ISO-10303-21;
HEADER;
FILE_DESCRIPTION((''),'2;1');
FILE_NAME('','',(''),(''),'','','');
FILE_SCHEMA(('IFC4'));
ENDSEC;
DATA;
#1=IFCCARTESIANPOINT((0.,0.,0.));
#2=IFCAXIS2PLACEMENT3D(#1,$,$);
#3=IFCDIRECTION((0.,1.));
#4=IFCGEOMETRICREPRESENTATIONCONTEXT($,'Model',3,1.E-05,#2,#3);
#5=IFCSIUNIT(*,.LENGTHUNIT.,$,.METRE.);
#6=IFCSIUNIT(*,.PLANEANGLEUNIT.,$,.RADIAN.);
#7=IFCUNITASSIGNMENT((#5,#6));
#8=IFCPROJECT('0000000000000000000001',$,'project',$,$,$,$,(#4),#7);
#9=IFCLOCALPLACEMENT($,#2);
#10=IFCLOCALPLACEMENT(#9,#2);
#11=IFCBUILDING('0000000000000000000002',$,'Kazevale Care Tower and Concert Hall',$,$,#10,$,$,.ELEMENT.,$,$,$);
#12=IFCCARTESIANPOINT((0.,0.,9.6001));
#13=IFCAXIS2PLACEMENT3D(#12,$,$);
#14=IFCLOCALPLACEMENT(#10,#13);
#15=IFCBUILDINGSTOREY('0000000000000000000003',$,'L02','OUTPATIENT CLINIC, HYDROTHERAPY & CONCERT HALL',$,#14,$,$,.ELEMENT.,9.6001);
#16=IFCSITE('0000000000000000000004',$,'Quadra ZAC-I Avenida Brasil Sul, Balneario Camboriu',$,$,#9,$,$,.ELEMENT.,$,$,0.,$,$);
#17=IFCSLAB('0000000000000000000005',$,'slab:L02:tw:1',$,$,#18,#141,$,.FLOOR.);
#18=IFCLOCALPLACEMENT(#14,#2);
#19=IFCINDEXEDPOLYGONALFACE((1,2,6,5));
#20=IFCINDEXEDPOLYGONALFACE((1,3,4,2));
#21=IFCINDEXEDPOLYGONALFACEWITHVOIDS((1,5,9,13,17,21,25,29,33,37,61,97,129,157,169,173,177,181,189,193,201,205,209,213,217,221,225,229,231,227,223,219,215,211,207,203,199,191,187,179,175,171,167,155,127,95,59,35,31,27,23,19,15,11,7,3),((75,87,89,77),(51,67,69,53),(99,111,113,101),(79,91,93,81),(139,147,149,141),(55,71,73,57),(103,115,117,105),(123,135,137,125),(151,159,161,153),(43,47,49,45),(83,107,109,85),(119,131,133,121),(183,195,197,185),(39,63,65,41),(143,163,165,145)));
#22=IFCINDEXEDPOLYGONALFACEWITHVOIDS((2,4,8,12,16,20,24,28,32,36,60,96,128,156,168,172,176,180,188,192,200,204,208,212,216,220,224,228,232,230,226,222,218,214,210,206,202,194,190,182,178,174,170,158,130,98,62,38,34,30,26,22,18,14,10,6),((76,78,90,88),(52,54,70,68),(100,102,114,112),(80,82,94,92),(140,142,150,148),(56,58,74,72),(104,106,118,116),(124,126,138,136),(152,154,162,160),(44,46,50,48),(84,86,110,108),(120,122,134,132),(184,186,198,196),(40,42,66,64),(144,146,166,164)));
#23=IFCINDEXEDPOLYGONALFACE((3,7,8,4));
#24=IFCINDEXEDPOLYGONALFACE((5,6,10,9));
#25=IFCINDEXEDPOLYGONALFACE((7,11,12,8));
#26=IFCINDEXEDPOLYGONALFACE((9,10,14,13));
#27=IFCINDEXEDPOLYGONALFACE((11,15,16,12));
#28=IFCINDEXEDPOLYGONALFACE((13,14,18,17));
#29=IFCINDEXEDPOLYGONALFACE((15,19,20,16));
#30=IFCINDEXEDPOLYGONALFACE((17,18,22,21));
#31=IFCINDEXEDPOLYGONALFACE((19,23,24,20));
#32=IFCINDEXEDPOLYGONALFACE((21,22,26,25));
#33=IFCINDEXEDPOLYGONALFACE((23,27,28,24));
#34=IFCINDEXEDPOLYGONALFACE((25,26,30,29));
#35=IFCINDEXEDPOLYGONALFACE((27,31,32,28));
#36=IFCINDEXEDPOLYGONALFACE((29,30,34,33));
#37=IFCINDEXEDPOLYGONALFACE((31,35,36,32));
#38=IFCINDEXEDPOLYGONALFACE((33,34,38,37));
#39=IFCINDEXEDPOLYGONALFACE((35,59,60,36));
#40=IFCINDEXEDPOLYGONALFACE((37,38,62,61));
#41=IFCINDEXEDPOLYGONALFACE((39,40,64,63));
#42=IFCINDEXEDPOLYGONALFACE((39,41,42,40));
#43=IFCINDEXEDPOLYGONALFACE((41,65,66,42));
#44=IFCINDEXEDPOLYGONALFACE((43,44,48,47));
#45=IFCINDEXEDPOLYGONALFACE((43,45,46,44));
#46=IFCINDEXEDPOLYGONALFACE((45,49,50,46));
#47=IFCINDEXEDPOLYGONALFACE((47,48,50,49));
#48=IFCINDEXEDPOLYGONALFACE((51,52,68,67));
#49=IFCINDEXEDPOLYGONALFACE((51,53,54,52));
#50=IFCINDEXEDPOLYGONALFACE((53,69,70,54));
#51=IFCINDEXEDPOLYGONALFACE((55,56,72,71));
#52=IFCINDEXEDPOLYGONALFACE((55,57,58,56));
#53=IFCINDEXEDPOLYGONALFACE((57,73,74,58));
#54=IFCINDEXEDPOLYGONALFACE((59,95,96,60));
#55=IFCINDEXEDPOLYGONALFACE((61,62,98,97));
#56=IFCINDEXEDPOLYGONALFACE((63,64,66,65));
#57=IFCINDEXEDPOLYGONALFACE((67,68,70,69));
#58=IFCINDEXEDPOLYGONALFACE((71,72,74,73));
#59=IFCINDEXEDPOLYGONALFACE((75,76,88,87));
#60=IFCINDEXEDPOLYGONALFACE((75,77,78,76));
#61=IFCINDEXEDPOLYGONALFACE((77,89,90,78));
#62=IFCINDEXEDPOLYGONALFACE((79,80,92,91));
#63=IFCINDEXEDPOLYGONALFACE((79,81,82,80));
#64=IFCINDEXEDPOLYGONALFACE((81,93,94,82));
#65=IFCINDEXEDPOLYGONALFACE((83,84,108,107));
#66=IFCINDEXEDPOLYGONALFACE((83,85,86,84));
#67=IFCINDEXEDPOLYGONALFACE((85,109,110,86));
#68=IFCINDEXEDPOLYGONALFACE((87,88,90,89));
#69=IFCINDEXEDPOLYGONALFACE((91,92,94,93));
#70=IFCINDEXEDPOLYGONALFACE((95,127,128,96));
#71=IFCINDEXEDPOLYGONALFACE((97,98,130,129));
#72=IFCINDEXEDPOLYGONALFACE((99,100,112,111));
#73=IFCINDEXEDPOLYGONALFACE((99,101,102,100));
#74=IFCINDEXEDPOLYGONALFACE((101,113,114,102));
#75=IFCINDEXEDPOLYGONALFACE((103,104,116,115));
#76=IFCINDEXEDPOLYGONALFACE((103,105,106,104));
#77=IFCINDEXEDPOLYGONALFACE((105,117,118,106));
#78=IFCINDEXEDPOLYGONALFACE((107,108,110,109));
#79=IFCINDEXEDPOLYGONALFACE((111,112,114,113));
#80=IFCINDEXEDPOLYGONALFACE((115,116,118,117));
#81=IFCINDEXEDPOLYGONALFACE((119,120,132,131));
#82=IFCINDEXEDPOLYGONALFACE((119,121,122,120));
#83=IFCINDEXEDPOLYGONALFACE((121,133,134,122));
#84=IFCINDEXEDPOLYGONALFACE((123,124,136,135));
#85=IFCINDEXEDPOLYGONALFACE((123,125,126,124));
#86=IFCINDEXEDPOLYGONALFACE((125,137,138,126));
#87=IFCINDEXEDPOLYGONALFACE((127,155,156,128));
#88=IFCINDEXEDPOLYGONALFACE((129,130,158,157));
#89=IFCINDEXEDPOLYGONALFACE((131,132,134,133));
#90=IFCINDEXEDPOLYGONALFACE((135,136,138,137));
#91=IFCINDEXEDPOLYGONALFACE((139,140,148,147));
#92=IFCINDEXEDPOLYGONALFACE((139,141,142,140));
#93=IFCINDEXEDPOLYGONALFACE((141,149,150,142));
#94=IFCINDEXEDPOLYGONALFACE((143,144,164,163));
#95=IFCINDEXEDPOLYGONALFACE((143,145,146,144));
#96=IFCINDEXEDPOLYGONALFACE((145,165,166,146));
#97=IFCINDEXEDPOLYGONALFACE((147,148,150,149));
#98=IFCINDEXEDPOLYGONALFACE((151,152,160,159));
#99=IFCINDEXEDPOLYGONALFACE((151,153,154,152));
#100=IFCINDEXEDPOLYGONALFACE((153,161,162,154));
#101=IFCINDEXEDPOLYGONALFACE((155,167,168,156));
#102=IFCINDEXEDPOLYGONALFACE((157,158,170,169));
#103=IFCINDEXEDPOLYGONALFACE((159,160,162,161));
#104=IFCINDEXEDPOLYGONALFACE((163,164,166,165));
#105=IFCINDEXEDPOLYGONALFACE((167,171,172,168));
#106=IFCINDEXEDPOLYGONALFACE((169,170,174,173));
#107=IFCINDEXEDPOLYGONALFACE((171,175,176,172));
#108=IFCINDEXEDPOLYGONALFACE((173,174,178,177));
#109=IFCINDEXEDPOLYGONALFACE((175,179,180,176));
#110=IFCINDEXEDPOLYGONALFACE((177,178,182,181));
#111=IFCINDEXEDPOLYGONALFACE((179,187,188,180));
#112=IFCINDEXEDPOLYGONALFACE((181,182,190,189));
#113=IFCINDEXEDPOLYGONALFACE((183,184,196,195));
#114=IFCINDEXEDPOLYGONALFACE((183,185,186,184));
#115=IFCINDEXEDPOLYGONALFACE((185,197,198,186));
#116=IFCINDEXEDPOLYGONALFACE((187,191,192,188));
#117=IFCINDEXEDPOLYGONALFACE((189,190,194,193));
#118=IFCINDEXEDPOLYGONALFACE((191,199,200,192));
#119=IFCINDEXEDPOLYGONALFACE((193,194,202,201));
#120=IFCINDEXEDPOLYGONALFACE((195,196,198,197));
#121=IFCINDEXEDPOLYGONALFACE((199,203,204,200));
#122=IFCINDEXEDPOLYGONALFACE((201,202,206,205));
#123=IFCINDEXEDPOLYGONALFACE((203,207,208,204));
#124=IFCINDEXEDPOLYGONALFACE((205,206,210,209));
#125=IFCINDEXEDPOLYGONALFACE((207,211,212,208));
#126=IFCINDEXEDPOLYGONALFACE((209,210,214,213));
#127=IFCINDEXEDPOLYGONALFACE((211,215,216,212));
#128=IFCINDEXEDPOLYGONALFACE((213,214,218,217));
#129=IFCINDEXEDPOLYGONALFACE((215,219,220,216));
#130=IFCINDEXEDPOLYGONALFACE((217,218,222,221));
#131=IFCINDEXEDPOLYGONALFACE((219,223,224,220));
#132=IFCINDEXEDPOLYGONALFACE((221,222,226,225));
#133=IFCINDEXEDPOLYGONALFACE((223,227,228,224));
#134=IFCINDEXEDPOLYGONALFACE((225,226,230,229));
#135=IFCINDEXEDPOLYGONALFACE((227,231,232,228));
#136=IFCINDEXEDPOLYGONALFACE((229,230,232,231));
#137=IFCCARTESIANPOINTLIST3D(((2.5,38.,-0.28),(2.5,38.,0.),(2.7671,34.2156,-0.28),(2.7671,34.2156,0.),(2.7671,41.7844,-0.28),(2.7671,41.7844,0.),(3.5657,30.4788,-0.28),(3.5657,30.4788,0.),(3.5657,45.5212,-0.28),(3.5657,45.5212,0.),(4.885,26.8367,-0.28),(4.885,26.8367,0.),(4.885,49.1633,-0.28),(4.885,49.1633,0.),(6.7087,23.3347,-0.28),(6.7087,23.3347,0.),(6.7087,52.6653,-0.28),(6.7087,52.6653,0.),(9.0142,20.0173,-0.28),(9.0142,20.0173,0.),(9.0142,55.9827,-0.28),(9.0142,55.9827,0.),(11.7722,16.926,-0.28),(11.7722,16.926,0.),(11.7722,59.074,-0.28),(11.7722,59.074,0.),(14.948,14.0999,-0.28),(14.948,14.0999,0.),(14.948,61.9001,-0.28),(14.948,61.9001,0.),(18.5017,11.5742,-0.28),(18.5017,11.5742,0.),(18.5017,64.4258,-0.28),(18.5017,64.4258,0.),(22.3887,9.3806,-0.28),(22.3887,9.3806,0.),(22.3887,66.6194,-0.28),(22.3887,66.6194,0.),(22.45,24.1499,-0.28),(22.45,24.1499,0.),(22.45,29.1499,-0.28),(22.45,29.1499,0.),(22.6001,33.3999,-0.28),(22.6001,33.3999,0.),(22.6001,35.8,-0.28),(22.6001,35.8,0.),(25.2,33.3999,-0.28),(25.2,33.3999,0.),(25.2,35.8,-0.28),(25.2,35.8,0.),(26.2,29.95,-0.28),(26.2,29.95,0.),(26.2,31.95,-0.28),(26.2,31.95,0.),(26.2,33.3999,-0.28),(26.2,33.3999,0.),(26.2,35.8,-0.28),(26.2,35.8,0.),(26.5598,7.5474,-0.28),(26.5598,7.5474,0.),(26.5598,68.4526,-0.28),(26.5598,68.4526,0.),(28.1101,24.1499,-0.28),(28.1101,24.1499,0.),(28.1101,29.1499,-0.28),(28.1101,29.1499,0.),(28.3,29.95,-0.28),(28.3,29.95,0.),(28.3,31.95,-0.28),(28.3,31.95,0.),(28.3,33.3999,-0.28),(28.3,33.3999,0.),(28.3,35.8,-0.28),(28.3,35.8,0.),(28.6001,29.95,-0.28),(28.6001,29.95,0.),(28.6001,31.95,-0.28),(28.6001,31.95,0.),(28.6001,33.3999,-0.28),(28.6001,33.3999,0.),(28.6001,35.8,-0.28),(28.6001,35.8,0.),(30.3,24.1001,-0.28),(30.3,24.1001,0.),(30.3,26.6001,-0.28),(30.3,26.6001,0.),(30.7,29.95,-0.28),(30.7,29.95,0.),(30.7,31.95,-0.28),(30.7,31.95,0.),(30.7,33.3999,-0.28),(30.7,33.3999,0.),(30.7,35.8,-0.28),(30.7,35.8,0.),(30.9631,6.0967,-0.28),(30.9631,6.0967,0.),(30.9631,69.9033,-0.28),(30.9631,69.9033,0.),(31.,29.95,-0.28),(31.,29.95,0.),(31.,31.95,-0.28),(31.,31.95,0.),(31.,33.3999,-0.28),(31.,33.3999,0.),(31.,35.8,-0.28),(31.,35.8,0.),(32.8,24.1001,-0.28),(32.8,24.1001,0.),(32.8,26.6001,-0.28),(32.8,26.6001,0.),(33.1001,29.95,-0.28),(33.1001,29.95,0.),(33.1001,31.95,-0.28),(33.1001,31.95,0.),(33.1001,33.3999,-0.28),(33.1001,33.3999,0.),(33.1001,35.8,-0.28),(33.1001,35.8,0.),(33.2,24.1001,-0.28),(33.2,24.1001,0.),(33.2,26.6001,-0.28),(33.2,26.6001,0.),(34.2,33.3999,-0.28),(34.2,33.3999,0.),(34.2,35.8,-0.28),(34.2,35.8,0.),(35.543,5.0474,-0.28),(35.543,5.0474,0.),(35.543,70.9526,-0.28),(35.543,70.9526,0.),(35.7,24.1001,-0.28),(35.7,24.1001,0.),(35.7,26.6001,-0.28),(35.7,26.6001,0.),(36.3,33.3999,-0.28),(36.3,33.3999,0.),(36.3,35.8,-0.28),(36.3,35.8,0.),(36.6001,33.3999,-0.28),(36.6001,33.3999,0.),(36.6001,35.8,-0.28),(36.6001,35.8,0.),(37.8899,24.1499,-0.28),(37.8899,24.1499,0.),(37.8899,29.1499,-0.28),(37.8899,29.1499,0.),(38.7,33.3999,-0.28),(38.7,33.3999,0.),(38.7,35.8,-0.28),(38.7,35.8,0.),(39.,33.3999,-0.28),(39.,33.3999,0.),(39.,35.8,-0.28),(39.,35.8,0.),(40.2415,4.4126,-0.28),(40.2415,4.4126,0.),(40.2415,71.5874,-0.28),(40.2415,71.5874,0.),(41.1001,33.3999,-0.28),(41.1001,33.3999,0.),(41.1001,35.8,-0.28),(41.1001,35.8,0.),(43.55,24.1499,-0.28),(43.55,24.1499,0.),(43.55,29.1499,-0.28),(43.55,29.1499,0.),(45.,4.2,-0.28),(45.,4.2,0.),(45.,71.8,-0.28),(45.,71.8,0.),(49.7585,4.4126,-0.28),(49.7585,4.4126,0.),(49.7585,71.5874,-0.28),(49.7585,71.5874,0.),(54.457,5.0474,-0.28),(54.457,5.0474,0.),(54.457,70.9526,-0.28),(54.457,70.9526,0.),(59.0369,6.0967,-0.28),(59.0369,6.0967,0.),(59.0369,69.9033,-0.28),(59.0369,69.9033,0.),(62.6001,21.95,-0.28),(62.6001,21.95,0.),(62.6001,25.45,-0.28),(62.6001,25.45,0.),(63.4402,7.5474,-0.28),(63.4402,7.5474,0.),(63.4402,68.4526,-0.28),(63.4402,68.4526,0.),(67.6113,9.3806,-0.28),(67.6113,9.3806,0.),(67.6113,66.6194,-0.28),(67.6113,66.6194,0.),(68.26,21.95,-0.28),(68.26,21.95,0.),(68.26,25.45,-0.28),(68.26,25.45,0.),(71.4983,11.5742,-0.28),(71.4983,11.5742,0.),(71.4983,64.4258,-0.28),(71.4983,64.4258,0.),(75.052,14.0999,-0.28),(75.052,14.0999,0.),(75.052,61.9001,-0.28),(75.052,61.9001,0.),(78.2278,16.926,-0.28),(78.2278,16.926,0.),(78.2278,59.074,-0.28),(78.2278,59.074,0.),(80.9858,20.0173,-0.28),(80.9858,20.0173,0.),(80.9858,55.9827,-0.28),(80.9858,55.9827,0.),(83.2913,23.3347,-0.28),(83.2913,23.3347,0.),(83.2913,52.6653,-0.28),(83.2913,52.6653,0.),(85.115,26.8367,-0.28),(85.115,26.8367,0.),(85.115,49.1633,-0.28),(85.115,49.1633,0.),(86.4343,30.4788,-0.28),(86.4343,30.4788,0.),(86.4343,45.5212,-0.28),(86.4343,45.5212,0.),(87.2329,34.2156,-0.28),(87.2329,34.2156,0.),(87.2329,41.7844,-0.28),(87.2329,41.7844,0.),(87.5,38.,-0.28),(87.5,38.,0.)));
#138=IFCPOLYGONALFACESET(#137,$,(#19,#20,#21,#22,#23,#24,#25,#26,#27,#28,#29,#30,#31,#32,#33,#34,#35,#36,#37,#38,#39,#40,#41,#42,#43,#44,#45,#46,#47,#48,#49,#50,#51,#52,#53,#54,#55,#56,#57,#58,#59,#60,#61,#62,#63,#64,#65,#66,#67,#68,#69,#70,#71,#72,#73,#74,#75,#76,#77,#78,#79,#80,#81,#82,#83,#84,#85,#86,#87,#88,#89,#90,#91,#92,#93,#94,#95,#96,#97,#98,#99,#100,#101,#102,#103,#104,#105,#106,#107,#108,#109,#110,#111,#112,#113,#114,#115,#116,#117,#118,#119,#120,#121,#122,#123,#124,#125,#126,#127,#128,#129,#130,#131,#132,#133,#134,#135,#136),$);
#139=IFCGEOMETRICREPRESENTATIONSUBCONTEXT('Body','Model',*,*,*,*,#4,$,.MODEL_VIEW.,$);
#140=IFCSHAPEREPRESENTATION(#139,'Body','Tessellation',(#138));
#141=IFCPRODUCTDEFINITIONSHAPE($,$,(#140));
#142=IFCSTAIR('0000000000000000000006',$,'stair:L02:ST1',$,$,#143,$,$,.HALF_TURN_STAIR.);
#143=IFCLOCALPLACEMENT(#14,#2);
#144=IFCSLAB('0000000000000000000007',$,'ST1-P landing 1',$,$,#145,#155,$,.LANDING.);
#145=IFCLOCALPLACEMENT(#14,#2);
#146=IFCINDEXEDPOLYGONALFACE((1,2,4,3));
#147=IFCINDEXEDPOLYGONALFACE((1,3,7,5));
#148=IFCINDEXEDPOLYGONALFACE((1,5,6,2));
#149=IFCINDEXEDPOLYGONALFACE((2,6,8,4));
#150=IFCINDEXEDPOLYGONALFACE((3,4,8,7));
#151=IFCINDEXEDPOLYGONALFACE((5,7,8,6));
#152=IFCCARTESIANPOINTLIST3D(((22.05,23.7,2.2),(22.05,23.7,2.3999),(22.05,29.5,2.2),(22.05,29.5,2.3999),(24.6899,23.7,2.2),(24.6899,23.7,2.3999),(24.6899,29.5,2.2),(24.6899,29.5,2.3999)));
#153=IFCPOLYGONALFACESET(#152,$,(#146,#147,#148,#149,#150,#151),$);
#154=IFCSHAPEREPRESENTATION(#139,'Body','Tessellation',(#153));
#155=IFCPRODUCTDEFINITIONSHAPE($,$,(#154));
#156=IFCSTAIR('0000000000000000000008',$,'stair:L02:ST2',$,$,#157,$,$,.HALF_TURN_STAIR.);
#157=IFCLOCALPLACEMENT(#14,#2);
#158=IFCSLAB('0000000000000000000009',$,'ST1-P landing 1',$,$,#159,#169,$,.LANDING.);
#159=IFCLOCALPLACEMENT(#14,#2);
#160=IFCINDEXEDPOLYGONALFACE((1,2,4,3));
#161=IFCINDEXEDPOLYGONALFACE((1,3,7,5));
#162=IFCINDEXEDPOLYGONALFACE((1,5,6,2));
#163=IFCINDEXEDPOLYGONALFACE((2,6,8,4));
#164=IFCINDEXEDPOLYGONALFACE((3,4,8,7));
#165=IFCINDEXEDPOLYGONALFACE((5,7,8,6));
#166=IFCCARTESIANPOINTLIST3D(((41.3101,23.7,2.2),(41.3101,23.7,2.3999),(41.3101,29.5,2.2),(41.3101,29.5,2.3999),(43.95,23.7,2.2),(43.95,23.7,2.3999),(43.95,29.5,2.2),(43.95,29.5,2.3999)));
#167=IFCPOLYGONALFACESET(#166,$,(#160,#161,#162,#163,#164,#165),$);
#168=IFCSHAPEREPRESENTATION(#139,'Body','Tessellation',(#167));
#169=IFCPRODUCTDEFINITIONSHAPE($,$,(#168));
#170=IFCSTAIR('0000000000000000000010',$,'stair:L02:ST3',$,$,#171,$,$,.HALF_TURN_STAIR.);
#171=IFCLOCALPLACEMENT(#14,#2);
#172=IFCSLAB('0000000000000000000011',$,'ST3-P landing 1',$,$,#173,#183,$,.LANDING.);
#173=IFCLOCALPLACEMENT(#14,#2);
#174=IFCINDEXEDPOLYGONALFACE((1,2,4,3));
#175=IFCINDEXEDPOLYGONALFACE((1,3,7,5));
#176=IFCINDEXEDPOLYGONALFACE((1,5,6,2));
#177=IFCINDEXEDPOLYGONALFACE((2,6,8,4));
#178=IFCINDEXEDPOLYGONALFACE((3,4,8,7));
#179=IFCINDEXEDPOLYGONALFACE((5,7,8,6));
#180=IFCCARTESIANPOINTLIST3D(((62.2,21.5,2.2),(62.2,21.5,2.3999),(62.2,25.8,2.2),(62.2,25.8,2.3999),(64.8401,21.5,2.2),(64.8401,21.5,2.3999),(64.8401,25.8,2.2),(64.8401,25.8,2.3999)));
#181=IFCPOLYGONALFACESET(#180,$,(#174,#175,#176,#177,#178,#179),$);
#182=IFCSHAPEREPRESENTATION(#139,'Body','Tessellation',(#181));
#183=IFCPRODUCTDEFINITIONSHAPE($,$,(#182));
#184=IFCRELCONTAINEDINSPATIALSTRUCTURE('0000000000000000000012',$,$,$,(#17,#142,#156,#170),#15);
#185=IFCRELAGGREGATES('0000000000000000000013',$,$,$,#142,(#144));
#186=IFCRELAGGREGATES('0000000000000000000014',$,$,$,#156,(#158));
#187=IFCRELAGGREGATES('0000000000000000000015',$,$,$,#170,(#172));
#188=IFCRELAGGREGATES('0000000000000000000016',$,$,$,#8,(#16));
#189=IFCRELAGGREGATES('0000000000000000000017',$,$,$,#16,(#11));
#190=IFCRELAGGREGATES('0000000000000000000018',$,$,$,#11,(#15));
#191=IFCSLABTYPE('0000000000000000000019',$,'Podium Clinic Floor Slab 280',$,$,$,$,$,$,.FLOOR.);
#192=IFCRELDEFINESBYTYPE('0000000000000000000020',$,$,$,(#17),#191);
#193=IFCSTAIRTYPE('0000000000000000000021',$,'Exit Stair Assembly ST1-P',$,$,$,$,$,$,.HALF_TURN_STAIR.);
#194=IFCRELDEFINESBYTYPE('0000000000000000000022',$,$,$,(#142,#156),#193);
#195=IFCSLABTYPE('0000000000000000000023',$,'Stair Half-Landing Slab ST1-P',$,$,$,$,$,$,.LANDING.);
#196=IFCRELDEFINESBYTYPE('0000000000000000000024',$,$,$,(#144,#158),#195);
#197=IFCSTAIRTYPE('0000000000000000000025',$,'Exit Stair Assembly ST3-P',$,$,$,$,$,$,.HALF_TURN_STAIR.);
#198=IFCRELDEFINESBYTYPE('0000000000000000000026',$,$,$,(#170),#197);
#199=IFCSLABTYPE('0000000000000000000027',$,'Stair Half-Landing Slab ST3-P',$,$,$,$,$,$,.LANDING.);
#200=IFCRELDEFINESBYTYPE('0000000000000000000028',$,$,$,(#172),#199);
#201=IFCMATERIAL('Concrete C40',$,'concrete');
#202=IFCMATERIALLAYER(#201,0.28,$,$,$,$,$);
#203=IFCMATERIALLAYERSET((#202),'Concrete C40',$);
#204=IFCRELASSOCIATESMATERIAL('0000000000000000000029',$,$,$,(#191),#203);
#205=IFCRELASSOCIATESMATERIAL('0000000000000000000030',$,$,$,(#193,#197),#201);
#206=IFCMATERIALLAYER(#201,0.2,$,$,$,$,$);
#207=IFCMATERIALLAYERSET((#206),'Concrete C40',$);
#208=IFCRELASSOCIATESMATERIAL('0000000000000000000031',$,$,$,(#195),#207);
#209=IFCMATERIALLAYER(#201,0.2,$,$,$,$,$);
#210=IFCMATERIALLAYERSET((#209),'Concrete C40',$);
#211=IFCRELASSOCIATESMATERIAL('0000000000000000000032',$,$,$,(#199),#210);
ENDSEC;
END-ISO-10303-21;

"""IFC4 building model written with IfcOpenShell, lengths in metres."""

from ifc_helpers import new_model, si_unit, direction, frame, origin, place, context, subcontext, project, spatial, polyline, outline, extrude, material, layer, layer_set, type_object, element, aggregate, save


model = new_model("IFC4")

# Units and contexts
model_context = context("Model", 3, precision=1e-05, world=origin(), true_north=direction((0.0, 1.0)))
body_context = subcontext(model_context, "Body", "Model", "MODEL_VIEW")
ifc_project = project(units=[si_unit("LENGTHUNIT", "METRE"), si_unit("PLANEANGLEUNIT", "RADIAN")], contexts=[model_context])

# Site, building, storey
site_placement = place(None, origin())
site = spatial("IfcSite", under=ifc_project, at=site_placement, Name="Quadra ZAC-I Avenida Brasil Sul, Balneario Camboriu", CompositionType="ELEMENT", RefElevation=0.0)
building_placement = place(site_placement, origin())
building = spatial("IfcBuilding", under=site, at=building_placement, Name="Kazevale Care Tower and Concert Hall", CompositionType="ELEMENT")
storey_placement = place(building_placement, frame((0.0, 0.0, 9.6001)))
storey = spatial("IfcBuildingStorey", under=building, at=storey_placement, Name="L02", Description="OUTPATIENT CLINIC, HYDROTHERAPY & CONCERT HALL", CompositionType="ELEMENT", Elevation=9.6001)

# Slab
ifc_material_1 = material(Name="Concrete C40", Category="concrete")
ifc_layer_1 = layer(ifc_material_1, 0.28)
ifc_layer_set_1 = layer_set([ifc_layer_1], Name="Concrete C40")
slab_type_1 = type_object("IfcSlabType", Name="Podium Clinic Floor Slab 280", PredefinedType="FLOOR", material=ifc_layer_set_1)
slab_1_placement = place(storey_placement, frame((0.0, 0.0, -0.28)))
element("IfcSlab", 1, at=slab_1_placement, inside=storey, type_object=slab_type_1, Name="slab:L02:tw:1", PredefinedType="FLOOR", context=body_context, shape_type="SweptSolid", body=[
    extrude(outline(polyline([(87.5, 38.0), (87.2329, 41.7844), (86.4343, 45.5212), (85.115, 49.1633), (83.2913, 52.6653), (80.9858, 55.9827), (78.2278, 59.074), (75.052, 61.9001), (71.4983, 64.4258), (67.6113, 66.6194), (63.4402, 68.4526), (59.0369, 69.9033), (54.457, 70.9526), (49.7585, 71.5874), (45.0, 71.8), (40.2415, 71.5874), (35.543, 70.9526), (30.9631, 69.9033), (26.5598, 68.4526), (22.3887, 66.6194), (18.5017, 64.4258), (14.948, 61.9001), (11.7722, 59.074), (9.0142, 55.9827), (6.7087, 52.6653), (4.885, 49.1633), (3.5657, 45.5212), (2.7671, 41.7844), (2.5, 38.0), (2.7671, 34.2156), (3.5657, 30.4788), (4.885, 26.8367), (6.7087, 23.3347), (9.0142, 20.0173), (11.7722, 16.926), (14.948, 14.0999), (18.5017, 11.5742), (22.3887, 9.3806), (26.5598, 7.5474), (30.9631, 6.0967), (35.543, 5.0474), (40.2415, 4.4126), (45.0, 4.2), (49.7585, 4.4126), (54.457, 5.0474), (59.0369, 6.0967), (63.4402, 7.5474), (67.6113, 9.3806), (71.4983, 11.5742), (75.052, 14.0999), (78.2278, 16.926), (80.9858, 20.0173), (83.2913, 23.3347), (85.115, 26.8367), (86.4343, 30.4788), (87.2329, 34.2156), (87.5, 38.0)]), holes=[polyline([(22.45, 24.1499), (28.1101, 24.1499), (28.1101, 29.1499), (22.45, 29.1499), (22.45, 24.1499)]), polyline([(37.8899, 24.1499), (43.55, 24.1499), (43.55, 29.1499), (37.8899, 29.1499), (37.8899, 24.1499)]), polyline([(30.3, 24.1001), (32.8, 24.1001), (32.8, 26.6001), (30.3, 26.6001), (30.3, 24.1001)]), polyline([(33.2, 24.1001), (35.7, 24.1001), (35.7, 26.6001), (33.2, 26.6001), (33.2, 24.1001)]), polyline([(22.6001, 33.3999), (25.2, 33.3999), (25.2, 35.8), (22.6001, 35.8), (22.6001, 33.3999)]), polyline([(26.2, 33.3999), (28.3, 33.3999), (28.3, 35.8), (26.2, 35.8), (26.2, 33.3999)]), polyline([(28.6001, 33.3999), (30.7, 33.3999), (30.7, 35.8), (28.6001, 35.8), (28.6001, 33.3999)]), polyline([(31.0, 33.3999), (33.1001, 33.3999), (33.1001, 35.8), (31.0, 35.8), (31.0, 33.3999)]), polyline([(34.2, 33.3999), (36.3, 33.3999), (36.3, 35.8), (34.2, 35.8), (34.2, 33.3999)]), polyline([(36.6001, 33.3999), (38.7, 33.3999), (38.7, 35.8), (36.6001, 35.8), (36.6001, 33.3999)]), polyline([(39.0, 33.3999), (41.1001, 33.3999), (41.1001, 35.8), (39.0, 35.8), (39.0, 33.3999)]), polyline([(26.2, 29.95), (28.3, 29.95), (28.3, 31.95), (26.2, 31.95), (26.2, 29.95)]), polyline([(28.6001, 29.95), (30.7, 29.95), (30.7, 31.95), (28.6001, 31.95), (28.6001, 29.95)]), polyline([(31.0, 29.95), (33.1001, 29.95), (33.1001, 31.95), (31.0, 31.95), (31.0, 29.95)]), polyline([(62.6001, 21.95), (68.26, 21.95), (68.26, 25.45), (62.6001, 25.45), (62.6001, 21.95)])]), origin(), (0.0, 0.0, 1.0), 0.28),
])

# Stairs, slabs
stair_type_1 = type_object("IfcStairType", Name="Exit Stair Assembly ST1-P", PredefinedType="HALF_TURN_STAIR", material=ifc_material_1)
stair_1_placement = place(storey_placement, origin())
stair_1 = element("IfcStair", 2, at=stair_1_placement, inside=storey, type_object=stair_type_1, Name="stair:L02:ST1", PredefinedType="HALF_TURN_STAIR")
ifc_layer_2 = layer(ifc_material_1, 0.2)
ifc_layer_set_2 = layer_set([ifc_layer_2], Name="Concrete C40")
slab_type_2 = type_object("IfcSlabType", Name="Stair Half-Landing Slab ST1-P", PredefinedType="LANDING", material=ifc_layer_set_2)
slab_2_placement = place(storey_placement, frame((0.0, 0.0, 2.2)))
slab_2 = element("IfcSlab", 3, at=slab_2_placement, type_object=slab_type_2, Name="ST1-P landing 1", PredefinedType="LANDING", context=body_context, shape_type="SweptSolid", body=[
    extrude(outline(polyline([(22.05, 23.7), (24.6899, 23.7), (24.6899, 29.5), (22.05, 29.5), (22.05, 23.7)])), origin(), (0.0, 0.0, 1.0), 0.2),
])
aggregate(stair_1, [slab_2])
stair_2_placement = place(storey_placement, origin())
stair_2 = element("IfcStair", 4, at=stair_2_placement, inside=storey, type_object=stair_type_1, Name="stair:L02:ST2", PredefinedType="HALF_TURN_STAIR")
slab_3_placement = place(storey_placement, frame((0.0, 0.0, 2.2)))
slab_3 = element("IfcSlab", 5, at=slab_3_placement, type_object=slab_type_2, Name="ST1-P landing 1", PredefinedType="LANDING", context=body_context, shape_type="SweptSolid", body=[
    extrude(outline(polyline([(41.3101, 23.7), (43.95, 23.7), (43.95, 29.5), (41.3101, 29.5), (41.3101, 23.7)])), origin(), (0.0, 0.0, 1.0), 0.2),
])
aggregate(stair_2, [slab_3])
stair_type_2 = type_object("IfcStairType", Name="Exit Stair Assembly ST3-P", PredefinedType="HALF_TURN_STAIR", material=ifc_material_1)
stair_3_placement = place(storey_placement, origin())
stair_3 = element("IfcStair", 6, at=stair_3_placement, inside=storey, type_object=stair_type_2, Name="stair:L02:ST3", PredefinedType="HALF_TURN_STAIR")
ifc_layer_3 = layer(ifc_material_1, 0.2)
ifc_layer_set_3 = layer_set([ifc_layer_3], Name="Concrete C40")
slab_type_3 = type_object("IfcSlabType", Name="Stair Half-Landing Slab ST3-P", PredefinedType="LANDING", material=ifc_layer_set_3)
slab_4_placement = place(storey_placement, frame((0.0, 0.0, 2.2)))
slab_4 = element("IfcSlab", 7, at=slab_4_placement, type_object=slab_type_3, Name="ST3-P landing 1", PredefinedType="LANDING", context=body_context, shape_type="SweptSolid", body=[
    extrude(outline(polyline([(62.2, 21.5), (64.8401, 21.5), (64.8401, 25.8), (62.2, 25.8), (62.2, 21.5)])), origin(), (0.0, 0.0, 1.0), 0.2),
])
aggregate(stair_3, [slab_4])

save(model, "model.ifc")
